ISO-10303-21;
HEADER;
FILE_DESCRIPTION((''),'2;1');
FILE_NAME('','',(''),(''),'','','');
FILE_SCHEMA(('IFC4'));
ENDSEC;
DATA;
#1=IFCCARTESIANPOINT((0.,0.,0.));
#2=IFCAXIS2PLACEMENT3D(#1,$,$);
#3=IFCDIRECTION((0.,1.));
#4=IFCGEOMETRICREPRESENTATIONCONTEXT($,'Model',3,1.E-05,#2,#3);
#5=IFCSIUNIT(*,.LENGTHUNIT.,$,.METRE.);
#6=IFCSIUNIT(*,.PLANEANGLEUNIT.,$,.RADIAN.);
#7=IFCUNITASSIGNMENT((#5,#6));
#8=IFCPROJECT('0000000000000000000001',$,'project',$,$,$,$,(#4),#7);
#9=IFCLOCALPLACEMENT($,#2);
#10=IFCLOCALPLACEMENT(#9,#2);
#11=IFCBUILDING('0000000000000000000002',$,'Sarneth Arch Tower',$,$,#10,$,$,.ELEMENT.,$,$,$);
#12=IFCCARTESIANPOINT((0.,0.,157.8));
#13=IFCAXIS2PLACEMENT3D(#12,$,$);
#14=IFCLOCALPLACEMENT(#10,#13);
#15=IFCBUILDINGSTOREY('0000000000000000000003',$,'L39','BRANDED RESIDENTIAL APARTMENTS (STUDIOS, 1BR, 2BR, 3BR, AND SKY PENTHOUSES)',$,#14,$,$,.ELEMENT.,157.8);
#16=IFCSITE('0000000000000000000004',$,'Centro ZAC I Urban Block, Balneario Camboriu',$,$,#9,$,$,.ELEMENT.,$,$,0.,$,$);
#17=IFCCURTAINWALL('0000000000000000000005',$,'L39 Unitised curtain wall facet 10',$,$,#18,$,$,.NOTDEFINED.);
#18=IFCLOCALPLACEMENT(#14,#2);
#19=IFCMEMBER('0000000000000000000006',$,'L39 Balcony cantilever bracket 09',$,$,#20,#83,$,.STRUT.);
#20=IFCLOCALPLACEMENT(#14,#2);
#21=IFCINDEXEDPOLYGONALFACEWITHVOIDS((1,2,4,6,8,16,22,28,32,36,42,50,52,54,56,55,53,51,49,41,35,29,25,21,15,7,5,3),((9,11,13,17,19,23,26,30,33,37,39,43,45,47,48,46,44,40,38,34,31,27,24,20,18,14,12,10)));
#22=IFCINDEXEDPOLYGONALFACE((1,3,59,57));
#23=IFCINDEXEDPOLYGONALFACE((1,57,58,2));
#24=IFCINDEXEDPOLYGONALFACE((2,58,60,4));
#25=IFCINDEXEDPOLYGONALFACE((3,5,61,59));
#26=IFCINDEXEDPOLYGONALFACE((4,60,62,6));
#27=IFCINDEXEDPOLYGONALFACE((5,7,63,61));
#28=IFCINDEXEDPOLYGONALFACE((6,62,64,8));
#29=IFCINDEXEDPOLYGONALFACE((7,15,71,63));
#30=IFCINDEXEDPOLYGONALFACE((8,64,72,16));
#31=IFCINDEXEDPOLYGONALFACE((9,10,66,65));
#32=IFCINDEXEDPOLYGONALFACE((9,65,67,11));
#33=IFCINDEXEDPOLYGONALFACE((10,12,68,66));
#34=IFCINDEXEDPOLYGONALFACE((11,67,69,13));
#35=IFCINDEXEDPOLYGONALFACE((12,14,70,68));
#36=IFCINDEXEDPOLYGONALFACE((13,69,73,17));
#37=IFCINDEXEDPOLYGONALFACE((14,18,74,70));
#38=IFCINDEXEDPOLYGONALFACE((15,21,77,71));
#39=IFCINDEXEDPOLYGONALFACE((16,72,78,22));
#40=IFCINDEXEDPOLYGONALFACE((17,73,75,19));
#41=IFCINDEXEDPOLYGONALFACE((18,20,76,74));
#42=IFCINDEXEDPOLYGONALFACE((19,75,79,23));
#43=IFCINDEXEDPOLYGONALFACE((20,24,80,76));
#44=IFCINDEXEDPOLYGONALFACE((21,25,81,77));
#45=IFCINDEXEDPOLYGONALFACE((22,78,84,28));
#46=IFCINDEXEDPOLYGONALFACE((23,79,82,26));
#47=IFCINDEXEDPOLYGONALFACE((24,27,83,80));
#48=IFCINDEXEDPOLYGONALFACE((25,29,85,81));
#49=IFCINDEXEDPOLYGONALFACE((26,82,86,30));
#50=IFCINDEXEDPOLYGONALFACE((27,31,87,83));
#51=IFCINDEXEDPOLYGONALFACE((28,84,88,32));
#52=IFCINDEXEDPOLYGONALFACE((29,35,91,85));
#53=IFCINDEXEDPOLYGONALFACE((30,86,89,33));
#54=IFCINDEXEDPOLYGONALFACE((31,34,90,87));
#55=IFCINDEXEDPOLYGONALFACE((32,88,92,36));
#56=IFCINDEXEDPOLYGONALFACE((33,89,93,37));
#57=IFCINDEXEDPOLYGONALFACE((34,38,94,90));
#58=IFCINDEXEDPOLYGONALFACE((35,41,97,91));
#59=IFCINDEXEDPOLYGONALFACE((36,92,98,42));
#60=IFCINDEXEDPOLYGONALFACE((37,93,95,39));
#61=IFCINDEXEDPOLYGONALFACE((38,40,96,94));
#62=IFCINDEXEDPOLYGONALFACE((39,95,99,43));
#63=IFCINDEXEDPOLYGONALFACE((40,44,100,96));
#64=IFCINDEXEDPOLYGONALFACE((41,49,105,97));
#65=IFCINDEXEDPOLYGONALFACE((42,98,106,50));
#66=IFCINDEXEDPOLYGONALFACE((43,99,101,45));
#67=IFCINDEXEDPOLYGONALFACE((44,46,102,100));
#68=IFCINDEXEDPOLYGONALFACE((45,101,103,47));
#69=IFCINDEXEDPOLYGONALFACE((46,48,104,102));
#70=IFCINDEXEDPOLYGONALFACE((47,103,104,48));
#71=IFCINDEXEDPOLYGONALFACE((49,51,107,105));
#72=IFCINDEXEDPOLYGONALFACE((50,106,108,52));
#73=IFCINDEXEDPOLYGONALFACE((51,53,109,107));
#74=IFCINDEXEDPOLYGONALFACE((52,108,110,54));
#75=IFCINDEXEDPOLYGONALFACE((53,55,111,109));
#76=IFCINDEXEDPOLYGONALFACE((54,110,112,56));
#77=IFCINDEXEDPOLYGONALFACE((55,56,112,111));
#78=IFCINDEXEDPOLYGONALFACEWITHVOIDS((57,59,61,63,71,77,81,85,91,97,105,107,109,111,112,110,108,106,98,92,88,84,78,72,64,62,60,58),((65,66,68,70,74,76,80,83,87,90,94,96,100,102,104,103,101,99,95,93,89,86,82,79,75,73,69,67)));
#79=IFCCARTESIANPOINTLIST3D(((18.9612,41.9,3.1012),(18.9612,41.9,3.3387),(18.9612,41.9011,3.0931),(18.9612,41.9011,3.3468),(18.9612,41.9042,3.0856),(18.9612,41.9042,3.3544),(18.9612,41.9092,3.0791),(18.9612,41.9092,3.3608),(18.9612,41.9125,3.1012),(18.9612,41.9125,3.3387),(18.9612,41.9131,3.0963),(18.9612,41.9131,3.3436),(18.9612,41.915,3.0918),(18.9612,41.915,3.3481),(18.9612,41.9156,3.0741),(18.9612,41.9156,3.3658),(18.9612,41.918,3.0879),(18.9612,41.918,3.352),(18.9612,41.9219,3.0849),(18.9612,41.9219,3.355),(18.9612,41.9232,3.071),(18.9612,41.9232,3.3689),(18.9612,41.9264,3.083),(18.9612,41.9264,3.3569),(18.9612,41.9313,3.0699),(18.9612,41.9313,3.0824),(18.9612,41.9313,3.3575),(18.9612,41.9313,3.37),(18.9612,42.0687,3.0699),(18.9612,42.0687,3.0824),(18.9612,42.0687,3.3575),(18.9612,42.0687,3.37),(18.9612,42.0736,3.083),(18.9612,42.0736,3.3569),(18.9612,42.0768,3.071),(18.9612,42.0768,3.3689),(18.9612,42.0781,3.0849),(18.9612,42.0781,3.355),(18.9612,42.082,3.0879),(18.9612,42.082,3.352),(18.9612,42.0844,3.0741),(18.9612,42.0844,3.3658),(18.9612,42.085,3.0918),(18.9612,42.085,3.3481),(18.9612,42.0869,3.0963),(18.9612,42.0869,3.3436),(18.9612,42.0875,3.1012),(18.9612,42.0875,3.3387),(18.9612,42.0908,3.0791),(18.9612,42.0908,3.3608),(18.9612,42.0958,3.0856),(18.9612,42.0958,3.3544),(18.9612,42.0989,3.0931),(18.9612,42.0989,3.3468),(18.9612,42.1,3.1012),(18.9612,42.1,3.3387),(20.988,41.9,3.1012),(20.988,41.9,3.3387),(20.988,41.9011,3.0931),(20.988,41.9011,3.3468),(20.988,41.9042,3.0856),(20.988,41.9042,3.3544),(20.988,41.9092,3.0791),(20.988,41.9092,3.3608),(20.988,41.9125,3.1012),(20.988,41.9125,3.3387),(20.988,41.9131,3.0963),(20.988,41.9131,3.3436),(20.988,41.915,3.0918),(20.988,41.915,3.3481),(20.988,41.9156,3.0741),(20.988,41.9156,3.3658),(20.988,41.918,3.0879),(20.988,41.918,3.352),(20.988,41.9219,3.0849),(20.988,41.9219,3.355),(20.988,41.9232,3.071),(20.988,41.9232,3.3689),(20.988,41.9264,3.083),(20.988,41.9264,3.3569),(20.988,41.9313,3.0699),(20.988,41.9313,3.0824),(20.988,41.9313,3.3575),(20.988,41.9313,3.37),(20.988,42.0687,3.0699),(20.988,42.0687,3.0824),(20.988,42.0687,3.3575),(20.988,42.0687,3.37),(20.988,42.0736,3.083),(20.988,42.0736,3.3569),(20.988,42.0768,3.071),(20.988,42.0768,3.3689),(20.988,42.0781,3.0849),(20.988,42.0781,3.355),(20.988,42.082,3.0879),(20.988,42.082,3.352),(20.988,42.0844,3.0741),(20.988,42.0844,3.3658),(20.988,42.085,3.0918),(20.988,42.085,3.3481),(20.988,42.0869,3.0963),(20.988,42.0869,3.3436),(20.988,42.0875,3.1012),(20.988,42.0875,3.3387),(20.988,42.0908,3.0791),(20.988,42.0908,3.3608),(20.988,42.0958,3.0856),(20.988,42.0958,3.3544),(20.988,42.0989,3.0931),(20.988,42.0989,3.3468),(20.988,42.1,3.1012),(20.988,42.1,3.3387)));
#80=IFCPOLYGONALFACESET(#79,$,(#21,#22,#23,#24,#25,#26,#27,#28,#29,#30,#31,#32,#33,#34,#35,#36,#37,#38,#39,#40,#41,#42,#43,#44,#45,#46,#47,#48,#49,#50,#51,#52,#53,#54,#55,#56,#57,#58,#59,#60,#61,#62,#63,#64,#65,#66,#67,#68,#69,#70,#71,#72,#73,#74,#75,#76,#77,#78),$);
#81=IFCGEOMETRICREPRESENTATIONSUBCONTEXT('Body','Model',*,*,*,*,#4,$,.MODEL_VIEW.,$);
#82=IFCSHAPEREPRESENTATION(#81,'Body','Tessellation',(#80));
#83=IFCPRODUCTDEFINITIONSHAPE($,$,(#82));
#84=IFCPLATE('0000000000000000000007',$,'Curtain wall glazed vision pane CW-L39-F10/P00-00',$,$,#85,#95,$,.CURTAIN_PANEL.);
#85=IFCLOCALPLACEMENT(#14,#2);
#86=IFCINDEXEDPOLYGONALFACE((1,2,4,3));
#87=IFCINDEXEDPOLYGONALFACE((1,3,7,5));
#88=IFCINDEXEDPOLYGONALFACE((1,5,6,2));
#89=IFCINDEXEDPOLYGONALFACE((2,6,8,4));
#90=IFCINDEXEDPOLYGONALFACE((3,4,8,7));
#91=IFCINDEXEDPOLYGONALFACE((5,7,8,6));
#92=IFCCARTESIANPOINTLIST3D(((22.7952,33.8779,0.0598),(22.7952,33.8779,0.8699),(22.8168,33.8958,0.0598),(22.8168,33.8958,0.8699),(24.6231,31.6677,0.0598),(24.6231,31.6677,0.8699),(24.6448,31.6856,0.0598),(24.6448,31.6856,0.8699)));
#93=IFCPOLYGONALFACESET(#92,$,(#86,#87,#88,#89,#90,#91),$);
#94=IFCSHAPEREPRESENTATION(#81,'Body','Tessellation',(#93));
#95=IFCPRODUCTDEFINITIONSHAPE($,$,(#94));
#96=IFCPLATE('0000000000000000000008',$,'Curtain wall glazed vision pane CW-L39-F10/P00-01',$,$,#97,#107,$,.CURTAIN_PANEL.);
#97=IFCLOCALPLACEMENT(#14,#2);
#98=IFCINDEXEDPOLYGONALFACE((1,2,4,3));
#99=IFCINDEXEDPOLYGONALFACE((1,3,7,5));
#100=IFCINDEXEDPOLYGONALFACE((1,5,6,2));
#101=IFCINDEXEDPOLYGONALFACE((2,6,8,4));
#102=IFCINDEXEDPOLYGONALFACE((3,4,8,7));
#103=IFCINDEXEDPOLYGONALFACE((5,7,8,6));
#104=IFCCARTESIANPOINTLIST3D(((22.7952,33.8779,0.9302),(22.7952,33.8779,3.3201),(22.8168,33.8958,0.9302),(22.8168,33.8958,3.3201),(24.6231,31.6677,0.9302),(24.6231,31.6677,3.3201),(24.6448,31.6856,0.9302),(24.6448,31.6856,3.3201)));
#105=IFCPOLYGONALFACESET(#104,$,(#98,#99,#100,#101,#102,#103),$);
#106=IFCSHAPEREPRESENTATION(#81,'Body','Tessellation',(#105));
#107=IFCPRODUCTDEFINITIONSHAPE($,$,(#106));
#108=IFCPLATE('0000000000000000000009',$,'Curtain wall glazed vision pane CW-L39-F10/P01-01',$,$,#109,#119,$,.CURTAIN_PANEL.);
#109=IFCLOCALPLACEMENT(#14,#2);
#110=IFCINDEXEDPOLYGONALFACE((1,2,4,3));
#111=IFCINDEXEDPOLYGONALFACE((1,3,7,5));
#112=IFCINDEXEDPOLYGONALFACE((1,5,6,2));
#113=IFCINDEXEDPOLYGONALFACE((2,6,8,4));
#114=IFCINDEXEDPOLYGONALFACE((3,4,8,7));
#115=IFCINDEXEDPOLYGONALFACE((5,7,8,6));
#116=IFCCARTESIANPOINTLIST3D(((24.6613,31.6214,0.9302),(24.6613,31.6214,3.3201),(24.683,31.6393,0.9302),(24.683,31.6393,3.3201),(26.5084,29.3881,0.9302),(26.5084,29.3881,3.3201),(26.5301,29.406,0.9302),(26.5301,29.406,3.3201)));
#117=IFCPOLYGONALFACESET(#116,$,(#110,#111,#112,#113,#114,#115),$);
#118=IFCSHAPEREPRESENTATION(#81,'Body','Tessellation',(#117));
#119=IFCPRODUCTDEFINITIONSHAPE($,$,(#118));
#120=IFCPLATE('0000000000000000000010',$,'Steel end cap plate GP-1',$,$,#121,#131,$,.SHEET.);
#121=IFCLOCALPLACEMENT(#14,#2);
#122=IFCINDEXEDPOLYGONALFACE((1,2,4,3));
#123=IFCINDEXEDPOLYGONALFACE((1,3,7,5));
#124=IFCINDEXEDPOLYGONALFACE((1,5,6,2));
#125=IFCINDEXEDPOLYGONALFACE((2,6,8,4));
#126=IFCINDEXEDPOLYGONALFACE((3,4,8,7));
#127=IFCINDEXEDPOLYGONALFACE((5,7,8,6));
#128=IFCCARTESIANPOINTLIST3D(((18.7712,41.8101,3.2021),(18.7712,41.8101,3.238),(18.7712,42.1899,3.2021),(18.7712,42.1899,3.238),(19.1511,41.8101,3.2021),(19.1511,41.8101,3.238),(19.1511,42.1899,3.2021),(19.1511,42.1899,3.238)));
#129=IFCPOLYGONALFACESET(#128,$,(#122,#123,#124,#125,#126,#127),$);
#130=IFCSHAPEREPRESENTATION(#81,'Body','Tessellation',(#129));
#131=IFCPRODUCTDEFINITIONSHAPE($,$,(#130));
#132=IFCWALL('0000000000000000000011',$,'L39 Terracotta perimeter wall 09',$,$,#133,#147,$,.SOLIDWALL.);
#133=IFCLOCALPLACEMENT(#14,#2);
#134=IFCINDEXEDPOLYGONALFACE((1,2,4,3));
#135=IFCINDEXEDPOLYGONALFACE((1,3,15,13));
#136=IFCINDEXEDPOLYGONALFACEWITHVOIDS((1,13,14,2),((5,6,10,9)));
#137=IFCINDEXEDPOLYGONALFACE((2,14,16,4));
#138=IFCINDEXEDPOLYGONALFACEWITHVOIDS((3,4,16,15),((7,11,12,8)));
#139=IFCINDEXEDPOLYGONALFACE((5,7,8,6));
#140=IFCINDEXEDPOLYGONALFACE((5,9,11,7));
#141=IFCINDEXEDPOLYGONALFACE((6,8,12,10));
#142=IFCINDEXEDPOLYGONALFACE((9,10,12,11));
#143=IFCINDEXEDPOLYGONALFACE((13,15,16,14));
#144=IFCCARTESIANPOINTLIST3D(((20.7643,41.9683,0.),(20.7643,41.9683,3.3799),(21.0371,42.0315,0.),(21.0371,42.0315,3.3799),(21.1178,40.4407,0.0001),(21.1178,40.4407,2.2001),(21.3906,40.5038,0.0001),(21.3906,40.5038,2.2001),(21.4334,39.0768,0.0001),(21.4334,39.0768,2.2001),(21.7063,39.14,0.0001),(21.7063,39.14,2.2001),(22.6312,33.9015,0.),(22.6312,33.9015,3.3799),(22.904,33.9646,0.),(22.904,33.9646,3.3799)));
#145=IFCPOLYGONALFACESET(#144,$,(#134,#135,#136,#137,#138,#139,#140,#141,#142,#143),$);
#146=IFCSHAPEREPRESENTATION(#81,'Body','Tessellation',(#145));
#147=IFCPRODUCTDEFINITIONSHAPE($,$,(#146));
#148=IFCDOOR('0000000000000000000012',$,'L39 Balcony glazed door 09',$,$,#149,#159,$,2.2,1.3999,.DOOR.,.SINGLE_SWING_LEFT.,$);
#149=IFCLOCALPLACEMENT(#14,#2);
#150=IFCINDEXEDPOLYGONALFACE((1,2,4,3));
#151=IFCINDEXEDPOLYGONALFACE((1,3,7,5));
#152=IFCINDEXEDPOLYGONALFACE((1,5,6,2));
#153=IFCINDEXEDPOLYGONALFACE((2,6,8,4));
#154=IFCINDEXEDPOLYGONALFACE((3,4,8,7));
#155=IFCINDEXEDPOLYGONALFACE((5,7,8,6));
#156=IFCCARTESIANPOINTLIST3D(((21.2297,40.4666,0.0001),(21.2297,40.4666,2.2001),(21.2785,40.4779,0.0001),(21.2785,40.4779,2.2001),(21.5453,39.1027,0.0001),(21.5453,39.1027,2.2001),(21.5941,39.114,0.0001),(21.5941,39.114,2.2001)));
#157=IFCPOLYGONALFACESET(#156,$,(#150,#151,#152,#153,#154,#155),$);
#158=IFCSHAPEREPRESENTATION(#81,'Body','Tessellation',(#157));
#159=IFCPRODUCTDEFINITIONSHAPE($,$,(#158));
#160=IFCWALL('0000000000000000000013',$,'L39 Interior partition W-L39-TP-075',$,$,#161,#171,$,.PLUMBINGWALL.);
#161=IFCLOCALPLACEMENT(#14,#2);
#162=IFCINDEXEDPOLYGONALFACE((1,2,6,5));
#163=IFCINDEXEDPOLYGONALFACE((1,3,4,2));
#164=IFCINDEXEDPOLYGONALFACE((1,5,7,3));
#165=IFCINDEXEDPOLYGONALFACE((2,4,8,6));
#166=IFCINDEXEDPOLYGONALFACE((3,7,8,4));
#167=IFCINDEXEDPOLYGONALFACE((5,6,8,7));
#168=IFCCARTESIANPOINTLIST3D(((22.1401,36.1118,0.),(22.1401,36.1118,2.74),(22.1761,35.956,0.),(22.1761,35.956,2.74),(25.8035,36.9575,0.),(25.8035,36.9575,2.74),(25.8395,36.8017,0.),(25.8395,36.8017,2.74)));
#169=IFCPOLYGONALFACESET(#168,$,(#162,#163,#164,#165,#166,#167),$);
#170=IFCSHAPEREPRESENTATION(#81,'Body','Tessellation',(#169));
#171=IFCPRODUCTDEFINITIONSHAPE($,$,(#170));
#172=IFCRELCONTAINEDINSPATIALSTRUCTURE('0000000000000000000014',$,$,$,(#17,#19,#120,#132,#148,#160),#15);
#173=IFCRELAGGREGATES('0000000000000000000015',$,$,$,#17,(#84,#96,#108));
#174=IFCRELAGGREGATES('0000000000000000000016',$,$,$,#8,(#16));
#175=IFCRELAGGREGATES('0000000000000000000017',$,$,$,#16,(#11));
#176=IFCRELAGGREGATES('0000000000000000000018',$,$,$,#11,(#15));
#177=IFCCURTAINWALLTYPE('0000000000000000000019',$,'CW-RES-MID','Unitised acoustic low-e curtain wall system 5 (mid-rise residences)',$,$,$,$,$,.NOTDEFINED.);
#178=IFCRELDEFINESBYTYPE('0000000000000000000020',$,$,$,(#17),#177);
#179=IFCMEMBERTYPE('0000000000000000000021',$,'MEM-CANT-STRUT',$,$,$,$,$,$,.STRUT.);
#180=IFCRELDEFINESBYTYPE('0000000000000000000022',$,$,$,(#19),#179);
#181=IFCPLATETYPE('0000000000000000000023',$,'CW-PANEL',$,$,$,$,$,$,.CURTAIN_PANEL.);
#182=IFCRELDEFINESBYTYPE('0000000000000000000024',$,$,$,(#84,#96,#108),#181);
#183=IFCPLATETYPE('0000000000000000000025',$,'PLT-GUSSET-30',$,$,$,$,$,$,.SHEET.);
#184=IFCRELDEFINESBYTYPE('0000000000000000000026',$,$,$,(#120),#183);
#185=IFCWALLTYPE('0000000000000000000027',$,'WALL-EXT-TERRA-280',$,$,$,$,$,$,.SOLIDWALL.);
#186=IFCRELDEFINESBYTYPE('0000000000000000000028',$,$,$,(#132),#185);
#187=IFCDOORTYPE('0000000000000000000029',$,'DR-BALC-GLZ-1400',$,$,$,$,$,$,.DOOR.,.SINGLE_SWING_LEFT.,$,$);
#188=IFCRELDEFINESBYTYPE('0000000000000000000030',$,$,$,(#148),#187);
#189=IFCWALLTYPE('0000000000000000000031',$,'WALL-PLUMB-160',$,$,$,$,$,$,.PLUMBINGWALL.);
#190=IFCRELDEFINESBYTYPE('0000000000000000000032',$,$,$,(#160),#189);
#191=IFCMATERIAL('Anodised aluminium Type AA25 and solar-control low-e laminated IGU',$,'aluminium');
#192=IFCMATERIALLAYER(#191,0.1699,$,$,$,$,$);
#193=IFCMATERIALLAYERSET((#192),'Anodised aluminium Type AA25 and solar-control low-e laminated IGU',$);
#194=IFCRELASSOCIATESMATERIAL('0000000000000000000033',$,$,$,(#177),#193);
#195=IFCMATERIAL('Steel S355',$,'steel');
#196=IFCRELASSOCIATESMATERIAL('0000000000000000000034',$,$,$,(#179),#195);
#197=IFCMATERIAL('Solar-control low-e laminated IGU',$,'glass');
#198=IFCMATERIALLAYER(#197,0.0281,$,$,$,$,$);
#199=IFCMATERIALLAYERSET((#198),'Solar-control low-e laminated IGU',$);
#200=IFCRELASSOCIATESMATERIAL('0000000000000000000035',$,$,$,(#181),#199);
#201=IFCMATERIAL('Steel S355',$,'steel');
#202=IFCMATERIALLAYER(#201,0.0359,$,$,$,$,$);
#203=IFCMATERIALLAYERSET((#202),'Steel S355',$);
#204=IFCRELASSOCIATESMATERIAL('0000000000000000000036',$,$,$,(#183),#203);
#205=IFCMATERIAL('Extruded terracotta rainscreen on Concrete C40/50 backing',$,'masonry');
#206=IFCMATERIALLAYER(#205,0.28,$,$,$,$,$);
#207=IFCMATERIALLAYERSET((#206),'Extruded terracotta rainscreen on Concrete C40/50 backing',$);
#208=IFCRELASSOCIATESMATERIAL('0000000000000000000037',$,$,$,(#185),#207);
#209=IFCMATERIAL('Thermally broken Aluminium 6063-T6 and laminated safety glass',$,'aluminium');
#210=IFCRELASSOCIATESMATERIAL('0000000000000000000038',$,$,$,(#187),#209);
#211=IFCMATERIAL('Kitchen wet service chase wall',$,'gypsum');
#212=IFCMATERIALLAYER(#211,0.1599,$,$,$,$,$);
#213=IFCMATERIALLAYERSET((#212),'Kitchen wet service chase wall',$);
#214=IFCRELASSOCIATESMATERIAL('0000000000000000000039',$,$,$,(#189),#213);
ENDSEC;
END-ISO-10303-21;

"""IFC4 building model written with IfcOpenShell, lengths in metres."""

from ifc_helpers import new_model, si_unit, direction, frame, frame_2d, origin, origin_2d, place, context, subcontext, project, spatial, rectangle, hollow_rectangle, extrude, material, layer, layer_set, material_profile, profile_set, type_object, element, fill, aggregate, save


model = new_model("IFC4")

# Units and contexts
model_context = context("Model", 3, precision=1e-05, world=origin(), true_north=direction((0.0, 1.0)))
body_context = subcontext(model_context, "Body", "Model", "MODEL_VIEW")
ifc_project = project(units=[si_unit("LENGTHUNIT", "METRE"), si_unit("PLANEANGLEUNIT", "RADIAN")], contexts=[model_context])

# Site, building, storey
site_placement = place(None, origin())
site = spatial("IfcSite", under=ifc_project, at=site_placement, Name="Centro ZAC I Urban Block, Balneario Camboriu", CompositionType="ELEMENT", RefElevation=0.0)
building_placement = place(site_placement, origin())
building = spatial("IfcBuilding", under=site, at=building_placement, Name="Sarneth Arch Tower", CompositionType="ELEMENT")
storey_placement = place(building_placement, frame((0.0, 0.0, 157.8)))
storey = spatial("IfcBuildingStorey", under=building, at=storey_placement, Name="L39", Description="BRANDED RESIDENTIAL APARTMENTS (STUDIOS, 1BR, 2BR, 3BR, AND SKY PENTHOUSES)", CompositionType="ELEMENT", Elevation=157.8)

# Curtain wall
ifc_material_1 = material(Name="Anodised aluminium Type AA25 and solar-control low-e laminated IGU", Category="aluminium")
ifc_layer_1 = layer(ifc_material_1, 0.1699)
ifc_layer_set_1 = layer_set([ifc_layer_1], Name="Anodised aluminium Type AA25 and solar-control low-e laminated IGU")
curtain_wall_type = type_object("IfcCurtainWallType", Name="CW-RES-MID", Description="Unitised acoustic low-e curtain wall system 5 (mid-rise residences)", PredefinedType="NOTDEFINED", material=ifc_layer_set_1)
curtain_wall_placement = place(storey_placement, origin())
curtain_wall = element("IfcCurtainWall", 1, at=curtain_wall_placement, inside=storey, type_object=curtain_wall_type, Name="L39 Unitised curtain wall facet 10", PredefinedType="NOTDEFINED")

# Member
ifc_material_2 = material(Name="Steel S355", Category="steel")
ifc_material_profile_1 = material_profile(ifc_material_2, hollow_rectangle(XDim=0.2, YDim=0.3, WallThickness=0.0125, InnerFilletRadius=0.0188, OuterFilletRadius=0.0312, at=origin_2d()), Name="RHS300x200x12.5")
ifc_profile_set_1 = profile_set([ifc_material_profile_1], Name="Steel S355")
member_type_1 = type_object("IfcMemberType", Name="MEM-CANT-STRUT", PredefinedType="STRUT", material=ifc_profile_set_1)
member_1_placement = place(storey_placement, frame((20.988, 42.0, 3.22), z_axis=(-1.0, 0.0, 0.0), x_axis=(0.0, -1.0, 0.0)))
element("IfcMember", 2, at=member_1_placement, inside=storey, type_object=member_type_1, Name="L39 Balcony cantilever bracket 09", PredefinedType="STRUT", context=body_context, shape_type="SweptSolid", body=[
    extrude(hollow_rectangle(XDim=0.2, YDim=0.3, WallThickness=0.0125, InnerFilletRadius=0.0188, OuterFilletRadius=0.0312, at=origin_2d()), origin(), (0.0, 0.0, 1.0), 2.0269),
])

# Plates
ifc_material_3 = material(Name="Solar-control low-e laminated IGU", Category="glass")
ifc_layer_2 = layer(ifc_material_3, 0.0281)
ifc_layer_set_2 = layer_set([ifc_layer_2], Name="Solar-control low-e laminated IGU")
plate_type_1 = type_object("IfcPlateType", Name="CW-PANEL", PredefinedType="CURTAIN_PANEL", material=ifc_layer_set_2)
plate_1_placement = place(storey_placement, frame((23.72, 32.7817, 0.0598), z_axis=(0.0, 0.0, 1.0), x_axis=(0.63733, -0.770591, 0.0)))
plate_1 = element("IfcPlate", 3, at=plate_1_placement, type_object=plate_type_1, Name="Curtain wall glazed vision pane CW-L39-F10/P00-00", PredefinedType="CURTAIN_PANEL", context=body_context, shape_type="SweptSolid", body=[
    extrude(rectangle(XDim=2.8682, YDim=0.0281, at=origin_2d()), origin(), (0.0, 0.0, 1.0), 0.8101),
])
plate_2_placement = place(storey_placement, frame((23.72, 32.7817, 0.9302), z_axis=(0.0, 0.0, 1.0), x_axis=(0.63733, -0.770591, 0.0)))
plate_2 = element("IfcPlate", 4, at=plate_2_placement, type_object=plate_type_1, Name="Curtain wall glazed vision pane CW-L39-F10/P00-01", PredefinedType="CURTAIN_PANEL", context=body_context, shape_type="SweptSolid", body=[
    extrude(rectangle(XDim=2.8682, YDim=0.0281, at=origin_2d()), origin(), (0.0, 0.0, 1.0), 2.3899),
])
plate_3_placement = place(storey_placement, frame((25.5957, 30.5137, 0.9302), z_axis=(0.0, 0.0, 1.0), x_axis=(0.63733, -0.770591, 0.0)))
plate_3 = element("IfcPlate", 5, at=plate_3_placement, type_object=plate_type_1, Name="Curtain wall glazed vision pane CW-L39-F10/P01-01", PredefinedType="CURTAIN_PANEL", context=body_context, shape_type="SweptSolid", body=[
    extrude(rectangle(XDim=2.8982, YDim=0.0281, at=origin_2d()), origin(), (0.0, 0.0, 1.0), 2.3899),
])
aggregate(curtain_wall, [plate_1, plate_2, plate_3])
ifc_material_4 = material(Name="Steel S355", Category="steel")
ifc_layer_3 = layer(ifc_material_4, 0.0359)
ifc_layer_set_3 = layer_set([ifc_layer_3], Name="Steel S355")
plate_type_2 = type_object("IfcPlateType", Name="PLT-GUSSET-30", PredefinedType="SHEET", material=ifc_layer_set_3)
plate_4_placement = place(storey_placement, frame((18.9612, 42.0, 3.2021), z_axis=(0.0, 0.0, 1.0), x_axis=(-1.0, 0.0, 0.0)))
element("IfcPlate", 6, at=plate_4_placement, inside=storey, type_object=plate_type_2, Name="Steel end cap plate GP-1", PredefinedType="SHEET", context=body_context, shape_type="SweptSolid", body=[
    extrude(rectangle(XDim=0.3799, YDim=0.3799, at=origin_2d()), origin(), (0.0, 0.0, 1.0), 0.0359),
])

# Wall, opening, door
ifc_material_5 = material(Name="Extruded terracotta rainscreen on Concrete C40/50 backing", Category="masonry")
ifc_layer_4 = layer(ifc_material_5, 0.28)
ifc_layer_set_4 = layer_set([ifc_layer_4], Name="Extruded terracotta rainscreen on Concrete C40/50 backing")
wall_type_1 = type_object("IfcWallType", Name="WALL-EXT-TERRA-280", PredefinedType="SOLIDWALL", material=ifc_layer_set_4)
wall_1_placement = place(storey_placement, frame((20.9006, 42.0, 0.0), z_axis=(0.0, 0.0, 1.0), x_axis=(0.225473, -0.974249, 0.0)))
wall_1 = element("IfcWall", 7, at=wall_1_placement, inside=storey, type_object=wall_type_1, Name="L39 Terracotta perimeter wall 09", PredefinedType="SOLIDWALL", context=body_context, shape_type="SweptSolid", body=[
    extrude(rectangle(XDim=8.28, YDim=0.28, at=frame_2d((4.1401, 0.0))), origin(), (0.0, 0.0, 1.0), 3.3799),
])
opening_1_placement = place(wall_1_placement, frame((1.5681, 0.0, 0.0)))
opening_1 = element("IfcOpeningElement", 8, at=opening_1_placement, cuts=wall_1, PredefinedType="OPENING", context=body_context, shape_type="SweptSolid", body=[
    extrude(rectangle(XDim=1.3999, YDim=2.2, at=frame_2d((0.7, 1.1001))), frame((0.0, 0.1499, 0.0), z_axis=(0.0, -1.0, 0.0), x_axis=(1.0, 0.0, 0.0)), (0.0, 0.0, 1.0), 0.3),
])
ifc_material_6 = material(Name="Thermally broken Aluminium 6063-T6 and laminated safety glass", Category="aluminium")
door_type_1 = type_object("IfcDoorType", Name="DR-BALC-GLZ-1400", OperationType="SINGLE_SWING_LEFT", PredefinedType="DOOR", material=ifc_material_6)
door_1_placement = place(opening_1_placement, origin())
door_1 = element("IfcDoor", 9, at=door_1_placement, inside=storey, type_object=door_type_1, Name="L39 Balcony glazed door 09", OperationType="SINGLE_SWING_LEFT", OverallHeight=2.2, OverallWidth=1.3999, PredefinedType="DOOR", context=body_context, shape_type="SweptSolid", body=[
    extrude(rectangle(XDim=1.3999, YDim=2.2, at=frame_2d((0.7, 1.1001))), frame((0.0, 0.0249, 0.0), z_axis=(0.0, -1.0, 0.0), x_axis=(1.0, 0.0, 0.0)), (0.0, 0.0, 1.0), 0.05),
])
fill(opening_1, door_1)

# Wall
ifc_material_7 = material(Name="Kitchen wet service chase wall", Category="gypsum")
ifc_layer_5 = layer(ifc_material_7, 0.1599)
ifc_layer_set_5 = layer_set([ifc_layer_5], Name="Kitchen wet service chase wall")
wall_type_2 = type_object("IfcWallType", Name="WALL-PLUMB-160", PredefinedType="PLUMBINGWALL", material=ifc_layer_set_5)
wall_2_placement = place(storey_placement, frame((25.8215, 36.8796, 0.0), z_axis=(0.0, 0.0, 1.0), x_axis=(-0.974373, -0.22494, 0.0)))
element("IfcWall", 10, at=wall_2_placement, inside=storey, type_object=wall_type_2, Name="L39 Interior partition W-L39-TP-075", PredefinedType="PLUMBINGWALL", context=body_context, shape_type="SweptSolid", body=[
    extrude(rectangle(XDim=3.7598, YDim=0.1599, at=frame_2d((1.8799, 0.0))), origin(), (0.0, 0.0, 1.0), 2.74),
])

save(model, "model.ifc")
